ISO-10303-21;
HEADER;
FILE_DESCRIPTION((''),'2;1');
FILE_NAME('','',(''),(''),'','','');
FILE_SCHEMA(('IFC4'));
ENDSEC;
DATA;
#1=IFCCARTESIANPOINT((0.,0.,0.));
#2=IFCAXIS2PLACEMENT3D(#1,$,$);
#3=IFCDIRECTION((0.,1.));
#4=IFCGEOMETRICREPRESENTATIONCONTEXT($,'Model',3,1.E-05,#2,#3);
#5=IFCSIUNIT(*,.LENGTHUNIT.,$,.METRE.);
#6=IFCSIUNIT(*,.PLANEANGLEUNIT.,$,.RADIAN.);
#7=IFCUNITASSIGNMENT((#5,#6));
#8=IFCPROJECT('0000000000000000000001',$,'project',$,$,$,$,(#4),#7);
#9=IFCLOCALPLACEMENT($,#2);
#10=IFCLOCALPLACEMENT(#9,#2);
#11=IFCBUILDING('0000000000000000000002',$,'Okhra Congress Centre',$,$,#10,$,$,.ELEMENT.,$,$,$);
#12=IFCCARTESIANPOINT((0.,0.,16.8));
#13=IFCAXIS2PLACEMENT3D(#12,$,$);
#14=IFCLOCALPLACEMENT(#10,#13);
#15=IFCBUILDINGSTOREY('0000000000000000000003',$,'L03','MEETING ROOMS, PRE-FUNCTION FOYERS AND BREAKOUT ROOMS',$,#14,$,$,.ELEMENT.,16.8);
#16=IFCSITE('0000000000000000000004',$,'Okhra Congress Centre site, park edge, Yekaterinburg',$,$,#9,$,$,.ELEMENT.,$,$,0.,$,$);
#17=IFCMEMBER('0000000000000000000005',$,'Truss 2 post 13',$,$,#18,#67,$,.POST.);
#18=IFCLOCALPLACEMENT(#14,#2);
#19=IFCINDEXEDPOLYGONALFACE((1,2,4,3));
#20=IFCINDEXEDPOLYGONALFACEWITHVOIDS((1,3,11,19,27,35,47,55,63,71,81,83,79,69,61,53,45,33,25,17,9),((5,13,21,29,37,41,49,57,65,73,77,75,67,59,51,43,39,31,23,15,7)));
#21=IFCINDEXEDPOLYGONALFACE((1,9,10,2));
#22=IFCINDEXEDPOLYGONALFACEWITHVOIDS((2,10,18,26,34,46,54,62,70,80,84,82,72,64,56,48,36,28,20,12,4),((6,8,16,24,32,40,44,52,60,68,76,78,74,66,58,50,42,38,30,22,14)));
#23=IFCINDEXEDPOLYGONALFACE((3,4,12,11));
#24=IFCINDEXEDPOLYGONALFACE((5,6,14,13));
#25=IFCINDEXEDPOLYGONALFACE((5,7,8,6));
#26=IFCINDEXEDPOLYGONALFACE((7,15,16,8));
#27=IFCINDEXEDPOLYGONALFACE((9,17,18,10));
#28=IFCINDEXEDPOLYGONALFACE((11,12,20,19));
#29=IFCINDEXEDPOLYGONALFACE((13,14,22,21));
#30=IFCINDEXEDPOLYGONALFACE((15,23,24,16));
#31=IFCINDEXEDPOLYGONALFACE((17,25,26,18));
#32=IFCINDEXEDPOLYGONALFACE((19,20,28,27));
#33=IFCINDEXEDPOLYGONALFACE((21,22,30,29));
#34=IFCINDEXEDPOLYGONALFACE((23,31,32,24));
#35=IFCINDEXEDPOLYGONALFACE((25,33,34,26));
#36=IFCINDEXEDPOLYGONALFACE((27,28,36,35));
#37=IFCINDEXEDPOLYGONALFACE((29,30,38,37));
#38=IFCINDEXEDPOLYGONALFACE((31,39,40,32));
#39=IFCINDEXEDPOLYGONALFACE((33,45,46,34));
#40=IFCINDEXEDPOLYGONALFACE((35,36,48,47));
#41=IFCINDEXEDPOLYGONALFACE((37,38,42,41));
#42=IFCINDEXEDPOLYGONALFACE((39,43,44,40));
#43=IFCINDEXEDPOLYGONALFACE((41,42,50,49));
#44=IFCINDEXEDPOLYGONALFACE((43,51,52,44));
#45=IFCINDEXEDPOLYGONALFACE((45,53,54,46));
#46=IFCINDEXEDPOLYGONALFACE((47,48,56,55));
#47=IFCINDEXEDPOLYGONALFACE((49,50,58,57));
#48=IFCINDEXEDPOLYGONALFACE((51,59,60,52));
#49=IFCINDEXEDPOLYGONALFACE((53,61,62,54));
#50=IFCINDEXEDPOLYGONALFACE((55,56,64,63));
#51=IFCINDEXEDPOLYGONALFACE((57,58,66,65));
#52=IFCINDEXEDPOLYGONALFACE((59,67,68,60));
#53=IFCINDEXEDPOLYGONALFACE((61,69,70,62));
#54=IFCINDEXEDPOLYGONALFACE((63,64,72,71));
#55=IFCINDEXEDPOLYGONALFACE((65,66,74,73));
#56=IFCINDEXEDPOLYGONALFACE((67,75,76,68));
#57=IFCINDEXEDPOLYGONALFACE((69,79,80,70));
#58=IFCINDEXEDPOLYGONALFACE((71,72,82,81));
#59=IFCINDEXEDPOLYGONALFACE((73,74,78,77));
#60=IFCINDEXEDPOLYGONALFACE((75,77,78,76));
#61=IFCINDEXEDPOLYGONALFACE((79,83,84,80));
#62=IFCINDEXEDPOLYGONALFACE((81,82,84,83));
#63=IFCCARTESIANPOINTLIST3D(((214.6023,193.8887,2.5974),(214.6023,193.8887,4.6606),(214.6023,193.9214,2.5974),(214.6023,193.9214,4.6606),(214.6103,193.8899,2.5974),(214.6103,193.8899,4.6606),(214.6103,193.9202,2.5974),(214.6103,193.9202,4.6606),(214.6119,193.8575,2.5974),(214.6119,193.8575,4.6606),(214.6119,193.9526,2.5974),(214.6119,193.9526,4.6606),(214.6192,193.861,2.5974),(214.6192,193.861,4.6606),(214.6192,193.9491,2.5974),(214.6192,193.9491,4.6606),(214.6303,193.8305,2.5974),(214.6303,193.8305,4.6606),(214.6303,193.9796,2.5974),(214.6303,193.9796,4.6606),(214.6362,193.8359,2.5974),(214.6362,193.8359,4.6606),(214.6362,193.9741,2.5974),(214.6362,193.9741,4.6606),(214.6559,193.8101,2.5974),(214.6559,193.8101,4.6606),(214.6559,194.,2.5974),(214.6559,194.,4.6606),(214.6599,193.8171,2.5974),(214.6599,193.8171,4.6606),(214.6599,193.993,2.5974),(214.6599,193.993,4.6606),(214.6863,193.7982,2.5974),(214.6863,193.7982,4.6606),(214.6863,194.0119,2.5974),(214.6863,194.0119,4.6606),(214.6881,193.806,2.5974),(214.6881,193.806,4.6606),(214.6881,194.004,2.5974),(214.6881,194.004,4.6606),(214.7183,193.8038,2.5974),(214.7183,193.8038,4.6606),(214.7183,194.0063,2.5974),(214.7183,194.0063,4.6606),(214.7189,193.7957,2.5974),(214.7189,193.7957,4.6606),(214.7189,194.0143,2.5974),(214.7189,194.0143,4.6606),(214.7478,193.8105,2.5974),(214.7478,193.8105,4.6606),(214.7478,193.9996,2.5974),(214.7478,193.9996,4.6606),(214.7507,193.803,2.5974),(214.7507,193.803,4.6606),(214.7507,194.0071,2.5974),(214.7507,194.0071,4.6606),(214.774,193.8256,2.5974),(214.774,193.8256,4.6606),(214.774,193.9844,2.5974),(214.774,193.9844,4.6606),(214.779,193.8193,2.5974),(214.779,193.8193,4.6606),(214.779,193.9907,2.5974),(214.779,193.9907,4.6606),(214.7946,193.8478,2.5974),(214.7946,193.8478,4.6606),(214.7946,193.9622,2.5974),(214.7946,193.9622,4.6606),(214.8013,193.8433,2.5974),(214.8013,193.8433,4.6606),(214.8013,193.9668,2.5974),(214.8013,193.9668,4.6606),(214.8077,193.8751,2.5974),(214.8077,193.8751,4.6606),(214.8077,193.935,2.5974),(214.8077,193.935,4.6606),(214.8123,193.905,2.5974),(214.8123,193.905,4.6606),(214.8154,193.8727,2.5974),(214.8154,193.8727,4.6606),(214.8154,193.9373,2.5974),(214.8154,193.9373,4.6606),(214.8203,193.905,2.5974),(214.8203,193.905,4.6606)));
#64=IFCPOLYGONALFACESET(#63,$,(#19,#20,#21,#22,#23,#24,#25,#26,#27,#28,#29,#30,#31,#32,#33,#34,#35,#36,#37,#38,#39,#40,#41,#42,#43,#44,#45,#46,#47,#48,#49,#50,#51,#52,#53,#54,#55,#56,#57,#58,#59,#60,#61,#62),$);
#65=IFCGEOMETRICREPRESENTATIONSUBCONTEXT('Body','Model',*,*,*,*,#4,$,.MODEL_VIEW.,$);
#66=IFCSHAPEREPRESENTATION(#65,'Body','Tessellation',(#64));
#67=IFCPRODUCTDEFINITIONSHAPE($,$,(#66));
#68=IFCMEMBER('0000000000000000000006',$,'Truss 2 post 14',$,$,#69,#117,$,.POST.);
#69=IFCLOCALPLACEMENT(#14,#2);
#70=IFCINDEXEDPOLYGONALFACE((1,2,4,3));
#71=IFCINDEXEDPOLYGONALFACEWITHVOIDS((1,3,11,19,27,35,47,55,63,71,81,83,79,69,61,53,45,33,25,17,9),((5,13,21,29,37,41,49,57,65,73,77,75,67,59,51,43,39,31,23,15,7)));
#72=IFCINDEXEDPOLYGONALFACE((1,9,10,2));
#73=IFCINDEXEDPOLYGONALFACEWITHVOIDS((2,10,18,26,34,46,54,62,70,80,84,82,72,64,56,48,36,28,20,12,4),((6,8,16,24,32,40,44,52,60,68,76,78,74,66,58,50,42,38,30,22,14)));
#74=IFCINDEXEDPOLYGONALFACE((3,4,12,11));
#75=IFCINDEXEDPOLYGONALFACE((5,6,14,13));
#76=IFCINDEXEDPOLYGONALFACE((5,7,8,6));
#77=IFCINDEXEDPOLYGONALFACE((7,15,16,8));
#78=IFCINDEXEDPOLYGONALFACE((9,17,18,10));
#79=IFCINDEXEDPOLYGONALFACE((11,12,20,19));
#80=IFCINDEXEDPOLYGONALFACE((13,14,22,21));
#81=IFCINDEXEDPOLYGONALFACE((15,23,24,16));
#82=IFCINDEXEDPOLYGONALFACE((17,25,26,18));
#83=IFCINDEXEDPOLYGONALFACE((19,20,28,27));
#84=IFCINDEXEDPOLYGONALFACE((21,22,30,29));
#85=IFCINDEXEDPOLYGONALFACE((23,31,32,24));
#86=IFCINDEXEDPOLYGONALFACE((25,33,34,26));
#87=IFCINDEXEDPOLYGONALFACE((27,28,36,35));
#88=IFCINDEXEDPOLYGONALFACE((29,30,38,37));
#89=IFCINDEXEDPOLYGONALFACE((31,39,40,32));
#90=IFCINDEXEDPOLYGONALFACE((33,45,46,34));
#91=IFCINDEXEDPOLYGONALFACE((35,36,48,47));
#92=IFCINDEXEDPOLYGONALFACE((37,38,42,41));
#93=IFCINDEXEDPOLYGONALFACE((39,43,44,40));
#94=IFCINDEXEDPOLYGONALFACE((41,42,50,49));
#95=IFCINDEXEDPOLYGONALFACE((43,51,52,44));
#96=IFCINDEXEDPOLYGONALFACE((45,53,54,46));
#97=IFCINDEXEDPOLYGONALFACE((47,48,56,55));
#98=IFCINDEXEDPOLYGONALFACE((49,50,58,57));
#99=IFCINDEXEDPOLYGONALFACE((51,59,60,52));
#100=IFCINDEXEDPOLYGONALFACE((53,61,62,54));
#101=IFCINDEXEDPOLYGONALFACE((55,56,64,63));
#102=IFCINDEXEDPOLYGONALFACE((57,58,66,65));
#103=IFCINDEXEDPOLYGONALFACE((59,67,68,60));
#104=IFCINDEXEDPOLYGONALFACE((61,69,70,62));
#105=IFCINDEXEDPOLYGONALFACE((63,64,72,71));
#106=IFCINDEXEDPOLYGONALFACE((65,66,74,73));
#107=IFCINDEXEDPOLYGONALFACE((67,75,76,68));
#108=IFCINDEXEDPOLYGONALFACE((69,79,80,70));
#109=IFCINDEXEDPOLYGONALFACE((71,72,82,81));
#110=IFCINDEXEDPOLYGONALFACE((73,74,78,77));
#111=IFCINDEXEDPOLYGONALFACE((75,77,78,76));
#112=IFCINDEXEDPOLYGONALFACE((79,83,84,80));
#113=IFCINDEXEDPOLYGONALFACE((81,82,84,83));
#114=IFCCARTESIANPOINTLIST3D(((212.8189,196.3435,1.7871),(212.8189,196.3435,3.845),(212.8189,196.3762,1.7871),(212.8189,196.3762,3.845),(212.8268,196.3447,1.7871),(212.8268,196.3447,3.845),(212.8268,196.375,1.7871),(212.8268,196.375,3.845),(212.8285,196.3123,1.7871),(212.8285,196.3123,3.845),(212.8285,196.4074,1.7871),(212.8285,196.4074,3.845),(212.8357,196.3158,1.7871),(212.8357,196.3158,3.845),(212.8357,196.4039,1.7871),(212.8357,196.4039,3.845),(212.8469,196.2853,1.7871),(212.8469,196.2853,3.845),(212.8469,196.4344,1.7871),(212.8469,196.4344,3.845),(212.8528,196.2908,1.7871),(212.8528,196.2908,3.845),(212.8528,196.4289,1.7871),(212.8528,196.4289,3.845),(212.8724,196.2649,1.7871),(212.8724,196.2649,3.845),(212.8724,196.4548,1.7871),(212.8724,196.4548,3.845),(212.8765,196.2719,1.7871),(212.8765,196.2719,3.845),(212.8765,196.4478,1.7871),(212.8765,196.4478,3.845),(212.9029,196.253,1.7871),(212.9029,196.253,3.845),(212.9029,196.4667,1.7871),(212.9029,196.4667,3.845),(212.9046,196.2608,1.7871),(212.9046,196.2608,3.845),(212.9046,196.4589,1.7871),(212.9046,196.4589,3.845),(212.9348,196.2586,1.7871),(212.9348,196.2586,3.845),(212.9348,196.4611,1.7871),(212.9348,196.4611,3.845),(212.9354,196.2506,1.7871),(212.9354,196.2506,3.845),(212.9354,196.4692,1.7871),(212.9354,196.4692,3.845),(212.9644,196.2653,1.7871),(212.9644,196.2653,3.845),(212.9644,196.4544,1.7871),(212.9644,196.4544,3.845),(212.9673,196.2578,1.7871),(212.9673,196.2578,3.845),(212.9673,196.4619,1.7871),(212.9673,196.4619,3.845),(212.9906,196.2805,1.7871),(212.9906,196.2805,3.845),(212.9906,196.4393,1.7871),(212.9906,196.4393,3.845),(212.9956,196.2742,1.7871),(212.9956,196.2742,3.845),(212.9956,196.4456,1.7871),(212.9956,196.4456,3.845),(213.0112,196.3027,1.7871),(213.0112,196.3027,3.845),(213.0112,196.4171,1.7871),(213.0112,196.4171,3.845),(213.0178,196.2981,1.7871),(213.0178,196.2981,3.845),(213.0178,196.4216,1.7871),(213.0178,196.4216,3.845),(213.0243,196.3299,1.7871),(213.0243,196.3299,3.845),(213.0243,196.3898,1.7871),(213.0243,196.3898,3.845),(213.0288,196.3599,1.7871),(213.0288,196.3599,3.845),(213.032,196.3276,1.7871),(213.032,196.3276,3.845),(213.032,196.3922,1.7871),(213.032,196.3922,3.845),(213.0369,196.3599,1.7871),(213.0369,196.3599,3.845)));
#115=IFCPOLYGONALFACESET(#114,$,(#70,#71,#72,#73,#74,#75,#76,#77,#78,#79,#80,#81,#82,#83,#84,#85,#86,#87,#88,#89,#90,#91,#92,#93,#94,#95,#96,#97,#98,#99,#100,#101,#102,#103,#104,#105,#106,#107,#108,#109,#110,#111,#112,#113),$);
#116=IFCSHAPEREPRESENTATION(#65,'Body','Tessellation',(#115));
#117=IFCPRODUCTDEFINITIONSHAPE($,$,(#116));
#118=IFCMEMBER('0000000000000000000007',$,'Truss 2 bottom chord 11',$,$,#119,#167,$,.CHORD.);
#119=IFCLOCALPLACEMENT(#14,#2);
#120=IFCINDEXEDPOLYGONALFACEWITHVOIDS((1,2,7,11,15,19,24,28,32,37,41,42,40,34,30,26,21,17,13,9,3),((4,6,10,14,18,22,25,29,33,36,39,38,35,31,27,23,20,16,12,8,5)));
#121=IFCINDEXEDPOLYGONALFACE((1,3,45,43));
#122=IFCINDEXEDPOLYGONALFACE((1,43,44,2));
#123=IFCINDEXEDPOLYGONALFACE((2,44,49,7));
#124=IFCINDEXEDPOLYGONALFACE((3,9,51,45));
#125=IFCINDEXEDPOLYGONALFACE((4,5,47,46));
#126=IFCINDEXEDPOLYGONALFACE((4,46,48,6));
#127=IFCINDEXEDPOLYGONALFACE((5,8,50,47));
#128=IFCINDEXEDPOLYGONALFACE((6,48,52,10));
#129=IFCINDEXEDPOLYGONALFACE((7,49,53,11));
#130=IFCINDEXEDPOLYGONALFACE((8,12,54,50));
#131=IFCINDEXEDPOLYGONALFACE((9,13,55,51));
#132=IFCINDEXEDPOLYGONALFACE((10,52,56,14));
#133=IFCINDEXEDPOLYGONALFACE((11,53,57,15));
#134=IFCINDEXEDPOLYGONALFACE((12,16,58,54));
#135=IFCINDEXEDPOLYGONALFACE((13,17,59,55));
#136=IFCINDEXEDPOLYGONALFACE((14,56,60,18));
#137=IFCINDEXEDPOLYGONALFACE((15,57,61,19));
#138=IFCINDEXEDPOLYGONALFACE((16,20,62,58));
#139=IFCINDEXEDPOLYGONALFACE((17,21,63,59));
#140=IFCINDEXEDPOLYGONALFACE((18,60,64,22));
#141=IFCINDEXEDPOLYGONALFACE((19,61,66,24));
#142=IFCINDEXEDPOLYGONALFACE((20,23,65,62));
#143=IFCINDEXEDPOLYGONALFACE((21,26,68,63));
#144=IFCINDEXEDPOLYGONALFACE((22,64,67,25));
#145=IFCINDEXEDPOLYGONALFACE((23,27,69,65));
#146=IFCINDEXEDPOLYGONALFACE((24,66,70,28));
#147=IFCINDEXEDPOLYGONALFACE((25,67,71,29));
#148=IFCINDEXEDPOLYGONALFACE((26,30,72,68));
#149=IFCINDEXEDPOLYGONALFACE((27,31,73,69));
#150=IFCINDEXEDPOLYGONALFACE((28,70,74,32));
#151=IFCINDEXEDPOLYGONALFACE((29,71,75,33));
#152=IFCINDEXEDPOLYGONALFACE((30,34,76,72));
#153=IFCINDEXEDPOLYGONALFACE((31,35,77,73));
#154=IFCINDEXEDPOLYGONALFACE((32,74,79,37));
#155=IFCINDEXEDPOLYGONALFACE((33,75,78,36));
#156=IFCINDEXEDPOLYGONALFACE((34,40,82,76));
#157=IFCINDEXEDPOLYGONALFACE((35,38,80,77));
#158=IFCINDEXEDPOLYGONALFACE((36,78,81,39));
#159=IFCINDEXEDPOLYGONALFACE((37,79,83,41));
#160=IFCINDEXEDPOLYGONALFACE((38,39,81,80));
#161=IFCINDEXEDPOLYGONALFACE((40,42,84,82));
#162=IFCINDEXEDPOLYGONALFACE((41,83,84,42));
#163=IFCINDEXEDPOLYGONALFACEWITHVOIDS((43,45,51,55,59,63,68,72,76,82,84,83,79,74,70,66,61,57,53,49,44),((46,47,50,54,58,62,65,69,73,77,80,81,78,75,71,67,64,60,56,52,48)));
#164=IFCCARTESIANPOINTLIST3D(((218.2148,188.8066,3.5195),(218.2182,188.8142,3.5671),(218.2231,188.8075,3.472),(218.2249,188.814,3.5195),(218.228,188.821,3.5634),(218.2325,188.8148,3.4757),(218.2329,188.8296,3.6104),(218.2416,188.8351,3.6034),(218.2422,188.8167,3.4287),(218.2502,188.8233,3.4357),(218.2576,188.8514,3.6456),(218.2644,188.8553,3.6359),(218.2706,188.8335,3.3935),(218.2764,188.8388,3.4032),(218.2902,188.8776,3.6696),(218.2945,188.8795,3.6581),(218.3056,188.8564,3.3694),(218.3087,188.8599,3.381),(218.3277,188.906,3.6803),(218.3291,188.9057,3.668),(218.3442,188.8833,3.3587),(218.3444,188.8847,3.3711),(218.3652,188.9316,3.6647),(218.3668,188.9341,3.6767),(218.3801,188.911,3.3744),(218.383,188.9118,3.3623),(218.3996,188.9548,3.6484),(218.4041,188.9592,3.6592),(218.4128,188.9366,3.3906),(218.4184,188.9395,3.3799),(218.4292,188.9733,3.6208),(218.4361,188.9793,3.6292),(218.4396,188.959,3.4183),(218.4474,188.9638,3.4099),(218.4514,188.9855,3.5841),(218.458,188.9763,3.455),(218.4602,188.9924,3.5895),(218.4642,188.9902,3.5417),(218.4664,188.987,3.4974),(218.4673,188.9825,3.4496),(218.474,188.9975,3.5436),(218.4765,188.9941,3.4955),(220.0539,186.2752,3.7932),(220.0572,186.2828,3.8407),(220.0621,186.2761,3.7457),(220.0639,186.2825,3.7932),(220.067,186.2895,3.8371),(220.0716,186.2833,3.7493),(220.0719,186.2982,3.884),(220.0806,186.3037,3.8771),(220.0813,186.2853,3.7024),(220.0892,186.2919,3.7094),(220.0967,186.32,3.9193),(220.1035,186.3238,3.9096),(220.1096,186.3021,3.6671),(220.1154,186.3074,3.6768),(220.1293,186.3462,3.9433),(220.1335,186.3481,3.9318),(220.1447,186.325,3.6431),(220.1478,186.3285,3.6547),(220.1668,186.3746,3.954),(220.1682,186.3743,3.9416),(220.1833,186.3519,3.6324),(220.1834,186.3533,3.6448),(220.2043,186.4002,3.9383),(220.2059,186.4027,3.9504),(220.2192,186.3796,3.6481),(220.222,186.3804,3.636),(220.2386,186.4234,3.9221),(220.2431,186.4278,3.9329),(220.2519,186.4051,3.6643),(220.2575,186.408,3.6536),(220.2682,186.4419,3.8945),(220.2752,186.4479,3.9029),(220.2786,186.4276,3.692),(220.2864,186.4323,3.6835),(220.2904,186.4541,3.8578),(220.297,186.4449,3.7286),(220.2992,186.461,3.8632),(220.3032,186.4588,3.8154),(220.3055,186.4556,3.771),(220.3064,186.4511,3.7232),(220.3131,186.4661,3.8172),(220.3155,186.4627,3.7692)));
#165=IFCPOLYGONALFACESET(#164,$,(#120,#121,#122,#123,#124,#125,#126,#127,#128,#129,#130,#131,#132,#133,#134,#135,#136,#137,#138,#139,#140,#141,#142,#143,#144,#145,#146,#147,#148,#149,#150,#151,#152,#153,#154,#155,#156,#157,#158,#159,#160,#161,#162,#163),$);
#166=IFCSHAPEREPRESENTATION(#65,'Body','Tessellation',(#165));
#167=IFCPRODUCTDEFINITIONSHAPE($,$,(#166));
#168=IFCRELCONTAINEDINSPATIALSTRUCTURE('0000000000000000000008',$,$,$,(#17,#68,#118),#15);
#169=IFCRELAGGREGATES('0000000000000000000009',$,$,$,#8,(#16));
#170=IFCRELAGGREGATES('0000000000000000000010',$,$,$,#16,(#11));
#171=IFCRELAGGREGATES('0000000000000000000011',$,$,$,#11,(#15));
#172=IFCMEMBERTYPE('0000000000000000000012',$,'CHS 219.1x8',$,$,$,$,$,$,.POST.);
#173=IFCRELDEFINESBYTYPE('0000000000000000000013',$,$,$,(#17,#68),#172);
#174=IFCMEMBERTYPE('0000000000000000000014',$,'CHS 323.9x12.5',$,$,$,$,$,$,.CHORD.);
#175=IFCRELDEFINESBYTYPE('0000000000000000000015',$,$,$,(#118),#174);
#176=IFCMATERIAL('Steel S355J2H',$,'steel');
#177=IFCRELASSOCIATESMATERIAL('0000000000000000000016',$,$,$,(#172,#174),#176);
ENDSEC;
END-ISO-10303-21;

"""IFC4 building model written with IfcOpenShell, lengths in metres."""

from ifc_helpers import new_model, si_unit, direction, frame, origin, origin_2d, place, context, subcontext, project, spatial, hollow_circle, extrude, material, material_profile, profile_set, type_object, element, save


model = new_model("IFC4")

# Units and contexts
model_context = context("Model", 3, precision=1e-05, world=origin(), true_north=direction((0.0, 1.0)))
body_context = subcontext(model_context, "Body", "Model", "MODEL_VIEW")
ifc_project = project(units=[si_unit("LENGTHUNIT", "METRE"), si_unit("PLANEANGLEUNIT", "RADIAN")], contexts=[model_context])

# Site, building, storey
site_placement = place(None, origin())
site = spatial("IfcSite", under=ifc_project, at=site_placement, Name="Okhra Congress Centre site, park edge, Yekaterinburg", CompositionType="ELEMENT", RefElevation=0.0)
building_placement = place(site_placement, origin())
building = spatial("IfcBuilding", under=site, at=building_placement, Name="Okhra Congress Centre", CompositionType="ELEMENT")
storey_placement = place(building_placement, frame((0.0, 0.0, 16.8)))
storey = spatial("IfcBuildingStorey", under=building, at=storey_placement, Name="L03", Description="MEETING ROOMS, PRE-FUNCTION FOYERS AND BREAKOUT ROOMS", CompositionType="ELEMENT", Elevation=16.8)

# Members
ifc_material_1 = material(Name="Steel S355J2H", Category="steel")
ifc_material_profile_1 = material_profile(ifc_material_1, hollow_circle(Radius=0.1096, WallThickness=0.0081, at=origin_2d()), Name="CHS 219.1x8")
ifc_profile_set_1 = profile_set([ifc_material_profile_1], Name="Steel S355J2H")
member_type_1 = type_object("IfcMemberType", Name="CHS 219.1x8", PredefinedType="POST", material=ifc_profile_set_1)
member_1_placement = place(storey_placement, frame((214.7107, 193.905, 2.5974), z_axis=(0.0, 0.0, 1.0), x_axis=(1.0, 0.0, 0.0)))
element("IfcMember", 1, at=member_1_placement, inside=storey, type_object=member_type_1, Name="Truss 2 post 13", PredefinedType="POST", context=body_context, shape_type="SweptSolid", body=[
    extrude(hollow_circle(Radius=0.1096, WallThickness=0.0081, at=origin_2d()), origin(), (0.0, 0.0, 1.0), 2.0632),
])
member_2_placement = place(storey_placement, frame((212.9272, 196.3599, 1.7871), z_axis=(0.0, 0.0, 1.0), x_axis=(1.0, 0.0, 0.0)))
element("IfcMember", 2, at=member_2_placement, inside=storey, type_object=member_type_1, Name="Truss 2 post 14", PredefinedType="POST", context=body_context, shape_type="SweptSolid", body=[
    extrude(hollow_circle(Radius=0.1096, WallThickness=0.0081, at=origin_2d()), origin(), (0.0, 0.0, 1.0), 2.0579),
])
ifc_material_profile_2 = material_profile(ifc_material_1, hollow_circle(Radius=0.1619, WallThickness=0.0125, at=origin_2d()), Name="CHS 323.9x12.5")
ifc_profile_set_2 = profile_set([ifc_material_profile_2], Name="Steel S355J2H")
member_type_2 = type_object("IfcMemberType", Name="CHS 323.9x12.5", PredefinedType="CHORD", material=ifc_profile_set_2)
member_3_placement = place(storey_placement, frame((220.1848, 186.3704, 3.7932), z_axis=(-0.585523, 0.805959, -0.087133), x_axis=(-0.809036, -0.587759, 0.0)))
element("IfcMember", 3, at=member_3_placement, inside=storey, type_object=member_type_2, Name="Truss 2 bottom chord 11", PredefinedType="CHORD", context=body_context, shape_type="SweptSolid", body=[
    extrude(hollow_circle(Radius=0.1619, WallThickness=0.0125, at=origin_2d()), origin(), (0.0, 0.0, 1.0), 3.1409),
])

save(model, "model.ifc")
